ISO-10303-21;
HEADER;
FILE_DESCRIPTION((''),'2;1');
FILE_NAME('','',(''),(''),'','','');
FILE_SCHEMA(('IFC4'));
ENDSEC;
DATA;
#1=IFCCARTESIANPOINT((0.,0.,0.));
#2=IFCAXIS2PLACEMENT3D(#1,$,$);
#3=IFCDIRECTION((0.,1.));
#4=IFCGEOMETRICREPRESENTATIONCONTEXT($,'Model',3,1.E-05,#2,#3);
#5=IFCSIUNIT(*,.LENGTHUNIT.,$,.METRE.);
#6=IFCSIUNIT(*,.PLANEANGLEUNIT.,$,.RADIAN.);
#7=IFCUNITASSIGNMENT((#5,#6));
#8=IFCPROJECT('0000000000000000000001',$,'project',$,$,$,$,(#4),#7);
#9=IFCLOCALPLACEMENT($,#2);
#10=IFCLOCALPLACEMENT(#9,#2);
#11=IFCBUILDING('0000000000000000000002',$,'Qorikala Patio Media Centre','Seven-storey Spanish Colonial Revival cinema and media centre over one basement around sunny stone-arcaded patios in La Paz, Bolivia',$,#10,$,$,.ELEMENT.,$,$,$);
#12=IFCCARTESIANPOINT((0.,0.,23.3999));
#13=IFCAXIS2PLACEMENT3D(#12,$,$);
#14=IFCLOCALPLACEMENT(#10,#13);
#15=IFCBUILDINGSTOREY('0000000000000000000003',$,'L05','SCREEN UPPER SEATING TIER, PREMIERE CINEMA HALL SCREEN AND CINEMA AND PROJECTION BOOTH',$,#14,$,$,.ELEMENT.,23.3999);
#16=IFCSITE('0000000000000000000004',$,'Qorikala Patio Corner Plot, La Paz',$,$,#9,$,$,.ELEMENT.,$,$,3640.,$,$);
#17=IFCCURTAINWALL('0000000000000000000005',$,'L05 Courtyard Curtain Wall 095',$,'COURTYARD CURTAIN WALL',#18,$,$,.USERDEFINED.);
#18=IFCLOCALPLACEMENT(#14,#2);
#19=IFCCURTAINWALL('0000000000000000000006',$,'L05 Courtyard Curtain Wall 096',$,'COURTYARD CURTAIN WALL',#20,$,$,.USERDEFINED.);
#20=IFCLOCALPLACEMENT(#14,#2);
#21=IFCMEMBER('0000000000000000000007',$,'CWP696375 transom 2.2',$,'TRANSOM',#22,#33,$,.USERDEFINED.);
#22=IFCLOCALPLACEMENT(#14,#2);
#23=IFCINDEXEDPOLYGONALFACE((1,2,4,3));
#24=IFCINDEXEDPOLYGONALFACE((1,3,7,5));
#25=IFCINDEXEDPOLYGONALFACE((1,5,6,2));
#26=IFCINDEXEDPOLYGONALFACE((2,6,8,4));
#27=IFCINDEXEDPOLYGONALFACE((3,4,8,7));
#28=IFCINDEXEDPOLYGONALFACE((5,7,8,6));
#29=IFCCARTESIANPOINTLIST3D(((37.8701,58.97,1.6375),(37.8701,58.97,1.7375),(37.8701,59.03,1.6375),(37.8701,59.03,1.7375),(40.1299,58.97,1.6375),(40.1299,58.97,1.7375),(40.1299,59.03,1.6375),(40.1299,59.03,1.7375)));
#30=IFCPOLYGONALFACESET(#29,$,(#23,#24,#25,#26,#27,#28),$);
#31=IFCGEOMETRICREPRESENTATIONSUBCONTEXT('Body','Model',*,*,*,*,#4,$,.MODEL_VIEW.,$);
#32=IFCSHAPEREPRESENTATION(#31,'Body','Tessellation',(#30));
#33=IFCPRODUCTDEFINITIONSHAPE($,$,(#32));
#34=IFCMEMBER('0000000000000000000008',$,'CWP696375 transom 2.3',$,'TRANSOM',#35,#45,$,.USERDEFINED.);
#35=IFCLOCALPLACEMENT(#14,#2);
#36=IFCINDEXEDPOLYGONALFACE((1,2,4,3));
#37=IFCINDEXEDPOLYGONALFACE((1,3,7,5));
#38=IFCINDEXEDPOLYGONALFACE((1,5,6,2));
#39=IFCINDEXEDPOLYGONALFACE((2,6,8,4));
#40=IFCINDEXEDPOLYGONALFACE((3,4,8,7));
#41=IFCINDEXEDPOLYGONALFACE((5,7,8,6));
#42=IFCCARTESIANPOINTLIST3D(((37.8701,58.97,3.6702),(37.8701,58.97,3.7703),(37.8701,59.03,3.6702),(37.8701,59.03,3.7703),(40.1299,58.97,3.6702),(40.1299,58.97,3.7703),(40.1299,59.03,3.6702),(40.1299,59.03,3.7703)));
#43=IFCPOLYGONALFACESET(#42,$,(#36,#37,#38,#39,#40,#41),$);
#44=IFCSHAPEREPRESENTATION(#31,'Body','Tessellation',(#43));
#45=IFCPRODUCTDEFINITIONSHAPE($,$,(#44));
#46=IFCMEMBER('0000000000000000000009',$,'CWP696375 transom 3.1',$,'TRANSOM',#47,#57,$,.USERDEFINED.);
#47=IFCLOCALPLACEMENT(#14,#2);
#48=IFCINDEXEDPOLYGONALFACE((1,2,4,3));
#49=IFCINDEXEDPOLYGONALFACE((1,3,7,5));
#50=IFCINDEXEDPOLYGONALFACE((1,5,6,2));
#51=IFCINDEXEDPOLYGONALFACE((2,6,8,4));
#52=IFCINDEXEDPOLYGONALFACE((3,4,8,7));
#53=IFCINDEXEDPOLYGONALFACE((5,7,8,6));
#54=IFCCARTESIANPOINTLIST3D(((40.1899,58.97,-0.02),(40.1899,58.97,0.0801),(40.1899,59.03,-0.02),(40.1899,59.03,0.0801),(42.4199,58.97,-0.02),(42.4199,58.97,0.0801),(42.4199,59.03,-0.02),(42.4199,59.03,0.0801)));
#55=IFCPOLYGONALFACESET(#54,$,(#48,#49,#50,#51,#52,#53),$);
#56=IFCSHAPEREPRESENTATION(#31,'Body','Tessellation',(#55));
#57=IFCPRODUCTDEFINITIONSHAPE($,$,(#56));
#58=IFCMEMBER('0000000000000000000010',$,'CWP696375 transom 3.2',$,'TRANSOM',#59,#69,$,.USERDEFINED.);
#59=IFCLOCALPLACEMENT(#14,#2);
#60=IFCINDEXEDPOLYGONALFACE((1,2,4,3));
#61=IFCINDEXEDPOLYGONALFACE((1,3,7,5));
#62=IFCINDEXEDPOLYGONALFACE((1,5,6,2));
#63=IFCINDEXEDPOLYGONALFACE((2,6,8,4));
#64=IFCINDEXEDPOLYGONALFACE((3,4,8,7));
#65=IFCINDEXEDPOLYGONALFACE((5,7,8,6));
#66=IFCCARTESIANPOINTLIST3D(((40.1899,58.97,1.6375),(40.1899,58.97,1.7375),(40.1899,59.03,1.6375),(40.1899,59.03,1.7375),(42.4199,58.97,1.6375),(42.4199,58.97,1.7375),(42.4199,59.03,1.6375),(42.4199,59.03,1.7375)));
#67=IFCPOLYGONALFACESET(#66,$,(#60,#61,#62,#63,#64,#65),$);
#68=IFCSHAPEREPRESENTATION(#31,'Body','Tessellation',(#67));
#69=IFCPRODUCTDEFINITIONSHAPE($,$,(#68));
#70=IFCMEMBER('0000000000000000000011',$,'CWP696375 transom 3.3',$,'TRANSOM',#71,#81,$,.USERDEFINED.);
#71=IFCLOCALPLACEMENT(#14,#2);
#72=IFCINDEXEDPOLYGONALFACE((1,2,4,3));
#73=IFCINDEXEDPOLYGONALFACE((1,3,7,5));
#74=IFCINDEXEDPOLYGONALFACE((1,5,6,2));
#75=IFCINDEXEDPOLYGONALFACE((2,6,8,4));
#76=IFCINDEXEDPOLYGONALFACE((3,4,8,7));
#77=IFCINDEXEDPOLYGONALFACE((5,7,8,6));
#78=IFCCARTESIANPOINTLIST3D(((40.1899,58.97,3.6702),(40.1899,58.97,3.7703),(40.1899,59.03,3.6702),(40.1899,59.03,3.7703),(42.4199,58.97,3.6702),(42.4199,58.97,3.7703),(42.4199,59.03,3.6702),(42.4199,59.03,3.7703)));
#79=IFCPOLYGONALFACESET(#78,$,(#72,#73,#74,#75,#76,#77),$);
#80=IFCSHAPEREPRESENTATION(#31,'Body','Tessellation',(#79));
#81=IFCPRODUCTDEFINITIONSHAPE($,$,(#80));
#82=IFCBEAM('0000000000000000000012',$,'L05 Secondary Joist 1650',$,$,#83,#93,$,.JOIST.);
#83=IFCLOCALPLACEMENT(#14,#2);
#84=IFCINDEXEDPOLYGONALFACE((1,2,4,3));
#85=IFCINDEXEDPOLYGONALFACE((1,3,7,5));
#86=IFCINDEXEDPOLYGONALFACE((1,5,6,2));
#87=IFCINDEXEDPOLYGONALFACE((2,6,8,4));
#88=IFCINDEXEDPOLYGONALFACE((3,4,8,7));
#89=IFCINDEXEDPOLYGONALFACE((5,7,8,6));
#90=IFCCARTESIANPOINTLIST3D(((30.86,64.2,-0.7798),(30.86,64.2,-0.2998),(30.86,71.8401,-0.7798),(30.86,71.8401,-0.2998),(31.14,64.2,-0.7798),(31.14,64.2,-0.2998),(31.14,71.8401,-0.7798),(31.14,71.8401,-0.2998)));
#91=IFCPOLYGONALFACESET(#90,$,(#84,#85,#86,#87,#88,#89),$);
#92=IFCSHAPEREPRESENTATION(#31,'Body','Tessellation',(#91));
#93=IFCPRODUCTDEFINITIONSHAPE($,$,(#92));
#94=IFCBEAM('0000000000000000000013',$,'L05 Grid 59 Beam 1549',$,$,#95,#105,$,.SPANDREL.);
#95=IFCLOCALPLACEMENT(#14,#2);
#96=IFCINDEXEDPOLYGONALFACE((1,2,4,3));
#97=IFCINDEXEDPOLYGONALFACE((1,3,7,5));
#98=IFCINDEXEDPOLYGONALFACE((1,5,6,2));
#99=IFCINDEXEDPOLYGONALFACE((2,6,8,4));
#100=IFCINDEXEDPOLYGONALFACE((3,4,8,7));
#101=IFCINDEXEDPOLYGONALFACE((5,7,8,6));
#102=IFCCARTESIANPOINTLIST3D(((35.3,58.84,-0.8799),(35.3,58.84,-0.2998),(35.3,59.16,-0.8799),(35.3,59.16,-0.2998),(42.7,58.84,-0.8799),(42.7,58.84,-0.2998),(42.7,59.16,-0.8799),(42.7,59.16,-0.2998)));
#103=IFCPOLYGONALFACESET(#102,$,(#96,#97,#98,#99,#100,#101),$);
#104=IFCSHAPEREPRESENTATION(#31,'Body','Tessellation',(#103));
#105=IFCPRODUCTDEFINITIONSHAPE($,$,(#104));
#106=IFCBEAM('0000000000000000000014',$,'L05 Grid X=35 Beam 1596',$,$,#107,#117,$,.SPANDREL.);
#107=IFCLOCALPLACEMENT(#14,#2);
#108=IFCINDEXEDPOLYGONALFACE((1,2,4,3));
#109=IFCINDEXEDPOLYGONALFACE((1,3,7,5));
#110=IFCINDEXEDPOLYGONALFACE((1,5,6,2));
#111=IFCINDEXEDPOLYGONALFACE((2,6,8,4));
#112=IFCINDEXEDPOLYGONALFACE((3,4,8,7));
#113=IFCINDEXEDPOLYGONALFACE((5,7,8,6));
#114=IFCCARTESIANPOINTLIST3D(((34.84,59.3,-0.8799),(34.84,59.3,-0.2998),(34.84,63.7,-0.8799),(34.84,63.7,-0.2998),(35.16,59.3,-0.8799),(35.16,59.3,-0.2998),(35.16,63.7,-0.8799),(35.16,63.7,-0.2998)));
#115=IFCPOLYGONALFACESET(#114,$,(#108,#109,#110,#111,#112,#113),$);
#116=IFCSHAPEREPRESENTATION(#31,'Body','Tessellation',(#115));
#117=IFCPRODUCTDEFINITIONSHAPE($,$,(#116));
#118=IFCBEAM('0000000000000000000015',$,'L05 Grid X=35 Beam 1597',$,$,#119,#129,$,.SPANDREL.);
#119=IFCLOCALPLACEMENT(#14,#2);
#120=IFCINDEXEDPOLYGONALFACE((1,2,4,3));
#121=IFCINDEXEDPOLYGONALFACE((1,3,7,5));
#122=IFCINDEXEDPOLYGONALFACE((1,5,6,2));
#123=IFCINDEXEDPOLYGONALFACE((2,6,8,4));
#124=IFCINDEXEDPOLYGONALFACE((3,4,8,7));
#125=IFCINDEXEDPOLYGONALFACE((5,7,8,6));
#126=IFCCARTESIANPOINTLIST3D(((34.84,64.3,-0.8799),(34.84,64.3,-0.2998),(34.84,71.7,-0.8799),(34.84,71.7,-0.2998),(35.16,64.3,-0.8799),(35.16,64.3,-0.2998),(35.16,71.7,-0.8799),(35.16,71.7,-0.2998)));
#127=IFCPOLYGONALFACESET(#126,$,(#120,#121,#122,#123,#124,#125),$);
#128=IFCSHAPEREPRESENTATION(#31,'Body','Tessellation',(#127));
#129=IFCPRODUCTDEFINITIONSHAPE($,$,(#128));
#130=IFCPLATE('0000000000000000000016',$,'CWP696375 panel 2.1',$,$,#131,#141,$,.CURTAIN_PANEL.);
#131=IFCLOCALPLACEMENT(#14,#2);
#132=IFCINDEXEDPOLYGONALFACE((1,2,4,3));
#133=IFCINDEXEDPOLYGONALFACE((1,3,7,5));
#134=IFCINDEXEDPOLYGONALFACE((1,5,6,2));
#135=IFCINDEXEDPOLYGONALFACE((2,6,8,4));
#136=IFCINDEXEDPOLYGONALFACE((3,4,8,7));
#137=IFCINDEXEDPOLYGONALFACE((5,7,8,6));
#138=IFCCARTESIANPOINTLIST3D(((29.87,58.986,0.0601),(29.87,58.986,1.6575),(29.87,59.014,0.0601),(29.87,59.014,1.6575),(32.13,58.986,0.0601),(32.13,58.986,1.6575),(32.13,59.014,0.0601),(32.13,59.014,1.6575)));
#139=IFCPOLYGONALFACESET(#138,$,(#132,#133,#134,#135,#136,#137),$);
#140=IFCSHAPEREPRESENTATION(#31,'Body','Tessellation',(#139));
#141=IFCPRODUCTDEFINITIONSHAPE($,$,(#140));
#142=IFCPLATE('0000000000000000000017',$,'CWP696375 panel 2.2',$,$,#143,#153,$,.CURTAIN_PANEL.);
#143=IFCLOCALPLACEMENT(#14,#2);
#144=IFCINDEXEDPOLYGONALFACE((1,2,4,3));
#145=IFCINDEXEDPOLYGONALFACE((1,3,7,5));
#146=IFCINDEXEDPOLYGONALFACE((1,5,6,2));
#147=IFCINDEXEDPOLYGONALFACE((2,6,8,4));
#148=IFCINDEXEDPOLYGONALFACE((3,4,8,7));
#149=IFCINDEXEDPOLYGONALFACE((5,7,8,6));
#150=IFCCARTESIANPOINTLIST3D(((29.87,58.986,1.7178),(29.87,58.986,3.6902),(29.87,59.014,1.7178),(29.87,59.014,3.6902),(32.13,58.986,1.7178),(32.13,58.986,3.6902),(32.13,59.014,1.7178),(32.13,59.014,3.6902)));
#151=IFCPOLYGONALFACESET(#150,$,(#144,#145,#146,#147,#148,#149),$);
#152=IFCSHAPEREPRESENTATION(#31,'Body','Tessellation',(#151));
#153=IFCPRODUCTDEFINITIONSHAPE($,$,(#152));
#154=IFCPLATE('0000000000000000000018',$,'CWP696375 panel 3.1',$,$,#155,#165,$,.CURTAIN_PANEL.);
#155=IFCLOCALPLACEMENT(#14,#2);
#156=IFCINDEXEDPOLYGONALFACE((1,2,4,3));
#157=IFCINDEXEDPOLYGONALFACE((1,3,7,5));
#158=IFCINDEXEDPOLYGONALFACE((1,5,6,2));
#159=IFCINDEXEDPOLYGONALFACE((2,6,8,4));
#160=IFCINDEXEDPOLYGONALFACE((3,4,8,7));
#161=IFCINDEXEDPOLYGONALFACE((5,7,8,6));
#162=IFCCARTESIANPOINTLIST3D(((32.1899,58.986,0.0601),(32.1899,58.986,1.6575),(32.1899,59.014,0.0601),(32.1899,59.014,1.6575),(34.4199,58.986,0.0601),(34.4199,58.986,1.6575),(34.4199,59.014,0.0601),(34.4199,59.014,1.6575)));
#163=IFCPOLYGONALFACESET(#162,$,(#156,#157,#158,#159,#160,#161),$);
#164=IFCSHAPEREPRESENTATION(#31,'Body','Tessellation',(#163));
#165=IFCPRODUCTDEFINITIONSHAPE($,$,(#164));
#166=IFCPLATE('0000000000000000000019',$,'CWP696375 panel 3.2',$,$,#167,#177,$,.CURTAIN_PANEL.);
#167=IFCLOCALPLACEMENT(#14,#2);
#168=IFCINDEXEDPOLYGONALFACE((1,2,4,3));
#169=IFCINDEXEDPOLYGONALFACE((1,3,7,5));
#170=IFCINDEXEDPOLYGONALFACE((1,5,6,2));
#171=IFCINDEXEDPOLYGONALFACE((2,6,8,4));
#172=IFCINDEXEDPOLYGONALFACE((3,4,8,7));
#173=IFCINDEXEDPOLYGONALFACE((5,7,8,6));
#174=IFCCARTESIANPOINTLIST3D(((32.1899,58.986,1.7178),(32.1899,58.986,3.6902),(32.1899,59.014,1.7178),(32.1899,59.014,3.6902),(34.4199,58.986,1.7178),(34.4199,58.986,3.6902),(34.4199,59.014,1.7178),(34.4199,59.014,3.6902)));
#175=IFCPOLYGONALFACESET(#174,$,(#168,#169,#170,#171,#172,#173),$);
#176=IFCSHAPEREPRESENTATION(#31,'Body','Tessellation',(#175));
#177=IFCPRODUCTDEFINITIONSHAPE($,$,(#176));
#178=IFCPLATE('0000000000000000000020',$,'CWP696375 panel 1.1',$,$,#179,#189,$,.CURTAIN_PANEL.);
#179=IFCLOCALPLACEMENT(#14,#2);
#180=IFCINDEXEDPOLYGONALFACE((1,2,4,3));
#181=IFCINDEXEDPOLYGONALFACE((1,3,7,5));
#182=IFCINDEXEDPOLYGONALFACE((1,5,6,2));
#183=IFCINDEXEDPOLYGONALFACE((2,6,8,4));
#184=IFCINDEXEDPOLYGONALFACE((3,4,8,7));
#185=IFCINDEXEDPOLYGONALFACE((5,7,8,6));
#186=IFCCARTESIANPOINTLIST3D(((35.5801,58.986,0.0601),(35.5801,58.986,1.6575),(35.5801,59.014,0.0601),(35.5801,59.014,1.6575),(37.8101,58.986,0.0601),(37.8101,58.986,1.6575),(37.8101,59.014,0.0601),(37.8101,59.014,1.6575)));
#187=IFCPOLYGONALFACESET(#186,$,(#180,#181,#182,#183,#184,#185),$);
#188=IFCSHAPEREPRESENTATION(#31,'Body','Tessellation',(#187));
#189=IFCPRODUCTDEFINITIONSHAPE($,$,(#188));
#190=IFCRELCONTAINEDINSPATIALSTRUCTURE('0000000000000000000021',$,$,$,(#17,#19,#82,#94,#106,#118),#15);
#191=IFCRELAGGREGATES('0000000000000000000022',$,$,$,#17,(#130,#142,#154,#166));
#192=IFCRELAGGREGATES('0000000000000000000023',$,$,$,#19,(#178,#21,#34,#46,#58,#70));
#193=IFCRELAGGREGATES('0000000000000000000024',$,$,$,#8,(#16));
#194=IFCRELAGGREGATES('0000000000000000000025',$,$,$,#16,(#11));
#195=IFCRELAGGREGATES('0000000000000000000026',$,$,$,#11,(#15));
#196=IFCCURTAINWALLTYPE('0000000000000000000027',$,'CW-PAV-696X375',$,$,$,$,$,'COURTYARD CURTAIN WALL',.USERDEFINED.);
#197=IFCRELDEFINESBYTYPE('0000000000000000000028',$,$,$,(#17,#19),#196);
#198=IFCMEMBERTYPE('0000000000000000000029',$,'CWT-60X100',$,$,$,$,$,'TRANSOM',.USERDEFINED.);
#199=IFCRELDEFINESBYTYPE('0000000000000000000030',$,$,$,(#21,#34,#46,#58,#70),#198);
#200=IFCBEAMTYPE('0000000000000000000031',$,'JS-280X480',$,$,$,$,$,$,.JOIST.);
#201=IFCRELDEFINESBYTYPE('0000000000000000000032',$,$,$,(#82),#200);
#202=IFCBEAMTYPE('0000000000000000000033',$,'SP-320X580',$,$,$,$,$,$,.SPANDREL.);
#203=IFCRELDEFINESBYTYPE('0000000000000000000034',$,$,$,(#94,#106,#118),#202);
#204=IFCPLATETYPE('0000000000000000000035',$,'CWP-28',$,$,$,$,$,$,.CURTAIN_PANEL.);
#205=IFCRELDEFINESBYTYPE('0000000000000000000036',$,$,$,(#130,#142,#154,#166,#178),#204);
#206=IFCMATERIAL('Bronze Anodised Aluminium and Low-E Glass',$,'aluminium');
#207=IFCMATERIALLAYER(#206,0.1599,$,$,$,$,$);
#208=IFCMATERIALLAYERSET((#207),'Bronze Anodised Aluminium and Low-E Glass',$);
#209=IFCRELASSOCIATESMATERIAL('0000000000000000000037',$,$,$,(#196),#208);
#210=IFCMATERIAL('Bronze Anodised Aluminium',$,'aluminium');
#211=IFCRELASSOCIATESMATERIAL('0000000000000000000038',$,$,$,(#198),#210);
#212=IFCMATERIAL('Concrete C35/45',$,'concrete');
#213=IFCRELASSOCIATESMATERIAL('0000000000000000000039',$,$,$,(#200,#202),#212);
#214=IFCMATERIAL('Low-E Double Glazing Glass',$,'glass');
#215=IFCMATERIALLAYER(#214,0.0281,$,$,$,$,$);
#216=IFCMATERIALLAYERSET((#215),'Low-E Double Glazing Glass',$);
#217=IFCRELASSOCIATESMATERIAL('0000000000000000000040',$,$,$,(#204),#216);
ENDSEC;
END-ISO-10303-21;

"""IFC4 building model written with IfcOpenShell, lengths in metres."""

from ifc_helpers import new_model, si_unit, direction, frame, origin, origin_2d, place, context, subcontext, project, spatial, rectangle, extrude, material, layer, layer_set, material_profile, profile_set, type_object, element, aggregate, save


model = new_model("IFC4")

# Units and contexts
model_context = context("Model", 3, precision=1e-05, world=origin(), true_north=direction((0.0, 1.0)))
body_context = subcontext(model_context, "Body", "Model", "MODEL_VIEW")
ifc_project = project(units=[si_unit("LENGTHUNIT", "METRE"), si_unit("PLANEANGLEUNIT", "RADIAN")], contexts=[model_context])

# Site, building, storey
site_placement = place(None, origin())
site = spatial("IfcSite", under=ifc_project, at=site_placement, Name="Qorikala Patio Corner Plot, La Paz", CompositionType="ELEMENT", RefElevation=3640.0)
building_placement = place(site_placement, origin())
building = spatial("IfcBuilding", under=site, at=building_placement, Name="Qorikala Patio Media Centre", Description="Seven-storey Spanish Colonial Revival cinema and media centre over one basement around sunny stone-arcaded patios in La Paz, Bolivia", CompositionType="ELEMENT")
storey_placement = place(building_placement, frame((0.0, 0.0, 23.3999)))
storey = spatial("IfcBuildingStorey", under=building, at=storey_placement, Name="L05", Description="SCREEN UPPER SEATING TIER, PREMIERE CINEMA HALL SCREEN AND CINEMA AND PROJECTION BOOTH", CompositionType="ELEMENT", Elevation=23.3999)

# Shared definitions
ifc_material_1 = material(Name="Concrete C35/45", Category="concrete")

# Curtain walls
ifc_material_2 = material(Name="Bronze Anodised Aluminium and Low-E Glass", Category="aluminium")
ifc_layer_1 = layer(ifc_material_2, 0.1599)
ifc_layer_set_1 = layer_set([ifc_layer_1], Name="Bronze Anodised Aluminium and Low-E Glass")
curtain_wall_type = type_object("IfcCurtainWallType", Name="CW-PAV-696X375", ElementType="COURTYARD CURTAIN WALL", PredefinedType="USERDEFINED", material=ifc_layer_set_1)
curtain_wall_1_placement = place(storey_placement, origin())
curtain_wall_1 = element("IfcCurtainWall", 1, at=curtain_wall_1_placement, inside=storey, type_object=curtain_wall_type, Name="L05 Courtyard Curtain Wall 095", ObjectType="COURTYARD CURTAIN WALL", PredefinedType="USERDEFINED")
ifc_material_3 = material(Name="Bronze Anodised Aluminium", Category="aluminium")
curtain_wall_2_placement = place(storey_placement, origin())
curtain_wall_2 = element("IfcCurtainWall", 2, at=curtain_wall_2_placement, inside=storey, type_object=curtain_wall_type, Name="L05 Courtyard Curtain Wall 096", ObjectType="COURTYARD CURTAIN WALL", PredefinedType="USERDEFINED")

# Members
ifc_material_profile_1 = material_profile(ifc_material_3, rectangle(XDim=0.0601, YDim=0.1001, at=origin_2d()), Name="ALU TRANSOM 60x100")
ifc_profile_set_1 = profile_set([ifc_material_profile_1], Name="Bronze Anodised Aluminium")
member_type_1 = type_object("IfcMemberType", Name="CWT-60X100", ElementType="TRANSOM", PredefinedType="USERDEFINED", material=ifc_profile_set_1)
member_1_placement = place(storey_placement, frame((37.8701, 59.0, 1.6875), z_axis=(1.0, 0.0, 0.0), x_axis=(0.0, 1.0, 0.0)))
member_1 = element("IfcMember", 3, at=member_1_placement, type_object=member_type_1, Name="CWP696375 transom 2.2", ObjectType="TRANSOM", PredefinedType="USERDEFINED", context=body_context, shape_type="SweptSolid", body=[
    extrude(rectangle(XDim=0.0601, YDim=0.1001, at=origin_2d()), origin(), (0.0, 0.0, 1.0), 2.2598),
])
member_2_placement = place(storey_placement, frame((37.8701, 59.0, 3.7202), z_axis=(1.0, 0.0, 0.0), x_axis=(0.0, 1.0, 0.0)))
member_2 = element("IfcMember", 4, at=member_2_placement, type_object=member_type_1, Name="CWP696375 transom 2.3", ObjectType="TRANSOM", PredefinedType="USERDEFINED", context=body_context, shape_type="SweptSolid", body=[
    extrude(rectangle(XDim=0.0601, YDim=0.1001, at=origin_2d()), origin(), (0.0, 0.0, 1.0), 2.2598),
])
member_3_placement = place(storey_placement, frame((40.1899, 59.0, 0.03), z_axis=(1.0, 0.0, 0.0), x_axis=(0.0, 1.0, 0.0)))
member_3 = element("IfcMember", 5, at=member_3_placement, type_object=member_type_1, Name="CWP696375 transom 3.1", ObjectType="TRANSOM", PredefinedType="USERDEFINED", context=body_context, shape_type="SweptSolid", body=[
    extrude(rectangle(XDim=0.0601, YDim=0.1001, at=origin_2d()), origin(), (0.0, 0.0, 1.0), 2.23),
])
member_4_placement = place(storey_placement, frame((40.1899, 59.0, 1.6875), z_axis=(1.0, 0.0, 0.0), x_axis=(0.0, 1.0, 0.0)))
member_4 = element("IfcMember", 6, at=member_4_placement, type_object=member_type_1, Name="CWP696375 transom 3.2", ObjectType="TRANSOM", PredefinedType="USERDEFINED", context=body_context, shape_type="SweptSolid", body=[
    extrude(rectangle(XDim=0.0601, YDim=0.1001, at=origin_2d()), origin(), (0.0, 0.0, 1.0), 2.23),
])
member_5_placement = place(storey_placement, frame((40.1899, 59.0, 3.7202), z_axis=(1.0, 0.0, 0.0), x_axis=(0.0, 1.0, 0.0)))
member_5 = element("IfcMember", 7, at=member_5_placement, type_object=member_type_1, Name="CWP696375 transom 3.3", ObjectType="TRANSOM", PredefinedType="USERDEFINED", context=body_context, shape_type="SweptSolid", body=[
    extrude(rectangle(XDim=0.0601, YDim=0.1001, at=origin_2d()), origin(), (0.0, 0.0, 1.0), 2.23),
])

# Beams
ifc_material_profile_2 = material_profile(ifc_material_1, rectangle(XDim=0.28, YDim=0.48, at=origin_2d()), Name="RC 280x480")
ifc_profile_set_2 = profile_set([ifc_material_profile_2], Name="Concrete C35/45")
beam_type_1 = type_object("IfcBeamType", Name="JS-280X480", PredefinedType="JOIST", material=ifc_profile_set_2)
beam_1_placement = place(storey_placement, frame((31.0, 64.2, -0.5398), z_axis=(0.0, 1.0, 0.0), x_axis=(-1.0, 0.0, 0.0)))
element("IfcBeam", 8, at=beam_1_placement, inside=storey, type_object=beam_type_1, Name="L05 Secondary Joist 1650", PredefinedType="JOIST", context=body_context, shape_type="SweptSolid", body=[
    extrude(rectangle(XDim=0.28, YDim=0.48, at=origin_2d()), origin(), (0.0, 0.0, 1.0), 7.6401),
])
ifc_material_profile_3 = material_profile(ifc_material_1, rectangle(XDim=0.3201, YDim=0.5801, at=origin_2d()), Name="RC 320x580")
ifc_profile_set_3 = profile_set([ifc_material_profile_3], Name="Concrete C35/45")
beam_type_2 = type_object("IfcBeamType", Name="SP-320X580", PredefinedType="SPANDREL", material=ifc_profile_set_3)
beam_2_placement = place(storey_placement, frame((35.3, 59.0, -0.5898), z_axis=(1.0, 0.0, 0.0), x_axis=(0.0, 1.0, 0.0)))
element("IfcBeam", 9, at=beam_2_placement, inside=storey, type_object=beam_type_2, Name="L05 Grid 59 Beam 1549", PredefinedType="SPANDREL", context=body_context, shape_type="SweptSolid", body=[
    extrude(rectangle(XDim=0.3201, YDim=0.5801, at=origin_2d()), origin(), (0.0, 0.0, 1.0), 7.3999),
])
beam_3_placement = place(storey_placement, frame((35.0, 59.3, -0.5898), z_axis=(0.0, 1.0, 0.0), x_axis=(-1.0, 0.0, 0.0)))
element("IfcBeam", 10, at=beam_3_placement, inside=storey, type_object=beam_type_2, Name="L05 Grid X=35 Beam 1596", PredefinedType="SPANDREL", context=body_context, shape_type="SweptSolid", body=[
    extrude(rectangle(XDim=0.3201, YDim=0.5801, at=origin_2d()), origin(), (0.0, 0.0, 1.0), 4.3999),
])
beam_4_placement = place(storey_placement, frame((35.0, 64.3, -0.5898), z_axis=(0.0, 1.0, 0.0), x_axis=(-1.0, 0.0, 0.0)))
element("IfcBeam", 11, at=beam_4_placement, inside=storey, type_object=beam_type_2, Name="L05 Grid X=35 Beam 1597", PredefinedType="SPANDREL", context=body_context, shape_type="SweptSolid", body=[
    extrude(rectangle(XDim=0.3201, YDim=0.5801, at=origin_2d()), origin(), (0.0, 0.0, 1.0), 7.3999),
])

# Plates
ifc_material_4 = material(Name="Low-E Double Glazing Glass", Category="glass")
ifc_layer_2 = layer(ifc_material_4, 0.0281)
ifc_layer_set_2 = layer_set([ifc_layer_2], Name="Low-E Double Glazing Glass")
plate_type = type_object("IfcPlateType", Name="CWP-28", PredefinedType="CURTAIN_PANEL", material=ifc_layer_set_2)
plate_1_placement = place(storey_placement, frame((31.0, 59.0, 0.0601), z_axis=(0.0, 0.0, 1.0), x_axis=(1.0, 0.0, 0.0)))
plate_1 = element("IfcPlate", 12, at=plate_1_placement, type_object=plate_type, Name="CWP696375 panel 2.1", PredefinedType="CURTAIN_PANEL", context=body_context, shape_type="SweptSolid", body=[
    extrude(rectangle(XDim=2.26, YDim=0.0281, at=origin_2d()), origin(), (0.0, 0.0, 1.0), 1.5974),
])
plate_2_placement = place(storey_placement, frame((31.0, 59.0, 1.7178), z_axis=(0.0, 0.0, 1.0), x_axis=(1.0, 0.0, 0.0)))
plate_2 = element("IfcPlate", 13, at=plate_2_placement, type_object=plate_type, Name="CWP696375 panel 2.2", PredefinedType="CURTAIN_PANEL", context=body_context, shape_type="SweptSolid", body=[
    extrude(rectangle(XDim=2.26, YDim=0.0281, at=origin_2d()), origin(), (0.0, 0.0, 1.0), 1.9724),
])
plate_3_placement = place(storey_placement, frame((33.3049, 59.0, 0.0601), z_axis=(0.0, 0.0, 1.0), x_axis=(1.0, 0.0, 0.0)))
plate_3 = element("IfcPlate", 14, at=plate_3_placement, type_object=plate_type, Name="CWP696375 panel 3.1", PredefinedType="CURTAIN_PANEL", context=body_context, shape_type="SweptSolid", body=[
    extrude(rectangle(XDim=2.23, YDim=0.0281, at=origin_2d()), origin(), (0.0, 0.0, 1.0), 1.5974),
])
plate_4_placement = place(storey_placement, frame((33.3049, 59.0, 1.7178), z_axis=(0.0, 0.0, 1.0), x_axis=(1.0, 0.0, 0.0)))
plate_4 = element("IfcPlate", 15, at=plate_4_placement, type_object=plate_type, Name="CWP696375 panel 3.2", PredefinedType="CURTAIN_PANEL", context=body_context, shape_type="SweptSolid", body=[
    extrude(rectangle(XDim=2.23, YDim=0.0281, at=origin_2d()), origin(), (0.0, 0.0, 1.0), 1.9724),
])
aggregate(curtain_wall_1, [plate_1, plate_2, plate_3, plate_4])
plate_5_placement = place(storey_placement, frame((36.6951, 59.0, 0.0601), z_axis=(0.0, 0.0, 1.0), x_axis=(1.0, 0.0, 0.0)))
plate_5 = element("IfcPlate", 16, at=plate_5_placement, type_object=plate_type, Name="CWP696375 panel 1.1", PredefinedType="CURTAIN_PANEL", context=body_context, shape_type="SweptSolid", body=[
    extrude(rectangle(XDim=2.23, YDim=0.0281, at=origin_2d()), origin(), (0.0, 0.0, 1.0), 1.5974),
])
aggregate(curtain_wall_2, [plate_5, member_1, member_2, member_3, member_4, member_5])

save(model, "model.ifc")
